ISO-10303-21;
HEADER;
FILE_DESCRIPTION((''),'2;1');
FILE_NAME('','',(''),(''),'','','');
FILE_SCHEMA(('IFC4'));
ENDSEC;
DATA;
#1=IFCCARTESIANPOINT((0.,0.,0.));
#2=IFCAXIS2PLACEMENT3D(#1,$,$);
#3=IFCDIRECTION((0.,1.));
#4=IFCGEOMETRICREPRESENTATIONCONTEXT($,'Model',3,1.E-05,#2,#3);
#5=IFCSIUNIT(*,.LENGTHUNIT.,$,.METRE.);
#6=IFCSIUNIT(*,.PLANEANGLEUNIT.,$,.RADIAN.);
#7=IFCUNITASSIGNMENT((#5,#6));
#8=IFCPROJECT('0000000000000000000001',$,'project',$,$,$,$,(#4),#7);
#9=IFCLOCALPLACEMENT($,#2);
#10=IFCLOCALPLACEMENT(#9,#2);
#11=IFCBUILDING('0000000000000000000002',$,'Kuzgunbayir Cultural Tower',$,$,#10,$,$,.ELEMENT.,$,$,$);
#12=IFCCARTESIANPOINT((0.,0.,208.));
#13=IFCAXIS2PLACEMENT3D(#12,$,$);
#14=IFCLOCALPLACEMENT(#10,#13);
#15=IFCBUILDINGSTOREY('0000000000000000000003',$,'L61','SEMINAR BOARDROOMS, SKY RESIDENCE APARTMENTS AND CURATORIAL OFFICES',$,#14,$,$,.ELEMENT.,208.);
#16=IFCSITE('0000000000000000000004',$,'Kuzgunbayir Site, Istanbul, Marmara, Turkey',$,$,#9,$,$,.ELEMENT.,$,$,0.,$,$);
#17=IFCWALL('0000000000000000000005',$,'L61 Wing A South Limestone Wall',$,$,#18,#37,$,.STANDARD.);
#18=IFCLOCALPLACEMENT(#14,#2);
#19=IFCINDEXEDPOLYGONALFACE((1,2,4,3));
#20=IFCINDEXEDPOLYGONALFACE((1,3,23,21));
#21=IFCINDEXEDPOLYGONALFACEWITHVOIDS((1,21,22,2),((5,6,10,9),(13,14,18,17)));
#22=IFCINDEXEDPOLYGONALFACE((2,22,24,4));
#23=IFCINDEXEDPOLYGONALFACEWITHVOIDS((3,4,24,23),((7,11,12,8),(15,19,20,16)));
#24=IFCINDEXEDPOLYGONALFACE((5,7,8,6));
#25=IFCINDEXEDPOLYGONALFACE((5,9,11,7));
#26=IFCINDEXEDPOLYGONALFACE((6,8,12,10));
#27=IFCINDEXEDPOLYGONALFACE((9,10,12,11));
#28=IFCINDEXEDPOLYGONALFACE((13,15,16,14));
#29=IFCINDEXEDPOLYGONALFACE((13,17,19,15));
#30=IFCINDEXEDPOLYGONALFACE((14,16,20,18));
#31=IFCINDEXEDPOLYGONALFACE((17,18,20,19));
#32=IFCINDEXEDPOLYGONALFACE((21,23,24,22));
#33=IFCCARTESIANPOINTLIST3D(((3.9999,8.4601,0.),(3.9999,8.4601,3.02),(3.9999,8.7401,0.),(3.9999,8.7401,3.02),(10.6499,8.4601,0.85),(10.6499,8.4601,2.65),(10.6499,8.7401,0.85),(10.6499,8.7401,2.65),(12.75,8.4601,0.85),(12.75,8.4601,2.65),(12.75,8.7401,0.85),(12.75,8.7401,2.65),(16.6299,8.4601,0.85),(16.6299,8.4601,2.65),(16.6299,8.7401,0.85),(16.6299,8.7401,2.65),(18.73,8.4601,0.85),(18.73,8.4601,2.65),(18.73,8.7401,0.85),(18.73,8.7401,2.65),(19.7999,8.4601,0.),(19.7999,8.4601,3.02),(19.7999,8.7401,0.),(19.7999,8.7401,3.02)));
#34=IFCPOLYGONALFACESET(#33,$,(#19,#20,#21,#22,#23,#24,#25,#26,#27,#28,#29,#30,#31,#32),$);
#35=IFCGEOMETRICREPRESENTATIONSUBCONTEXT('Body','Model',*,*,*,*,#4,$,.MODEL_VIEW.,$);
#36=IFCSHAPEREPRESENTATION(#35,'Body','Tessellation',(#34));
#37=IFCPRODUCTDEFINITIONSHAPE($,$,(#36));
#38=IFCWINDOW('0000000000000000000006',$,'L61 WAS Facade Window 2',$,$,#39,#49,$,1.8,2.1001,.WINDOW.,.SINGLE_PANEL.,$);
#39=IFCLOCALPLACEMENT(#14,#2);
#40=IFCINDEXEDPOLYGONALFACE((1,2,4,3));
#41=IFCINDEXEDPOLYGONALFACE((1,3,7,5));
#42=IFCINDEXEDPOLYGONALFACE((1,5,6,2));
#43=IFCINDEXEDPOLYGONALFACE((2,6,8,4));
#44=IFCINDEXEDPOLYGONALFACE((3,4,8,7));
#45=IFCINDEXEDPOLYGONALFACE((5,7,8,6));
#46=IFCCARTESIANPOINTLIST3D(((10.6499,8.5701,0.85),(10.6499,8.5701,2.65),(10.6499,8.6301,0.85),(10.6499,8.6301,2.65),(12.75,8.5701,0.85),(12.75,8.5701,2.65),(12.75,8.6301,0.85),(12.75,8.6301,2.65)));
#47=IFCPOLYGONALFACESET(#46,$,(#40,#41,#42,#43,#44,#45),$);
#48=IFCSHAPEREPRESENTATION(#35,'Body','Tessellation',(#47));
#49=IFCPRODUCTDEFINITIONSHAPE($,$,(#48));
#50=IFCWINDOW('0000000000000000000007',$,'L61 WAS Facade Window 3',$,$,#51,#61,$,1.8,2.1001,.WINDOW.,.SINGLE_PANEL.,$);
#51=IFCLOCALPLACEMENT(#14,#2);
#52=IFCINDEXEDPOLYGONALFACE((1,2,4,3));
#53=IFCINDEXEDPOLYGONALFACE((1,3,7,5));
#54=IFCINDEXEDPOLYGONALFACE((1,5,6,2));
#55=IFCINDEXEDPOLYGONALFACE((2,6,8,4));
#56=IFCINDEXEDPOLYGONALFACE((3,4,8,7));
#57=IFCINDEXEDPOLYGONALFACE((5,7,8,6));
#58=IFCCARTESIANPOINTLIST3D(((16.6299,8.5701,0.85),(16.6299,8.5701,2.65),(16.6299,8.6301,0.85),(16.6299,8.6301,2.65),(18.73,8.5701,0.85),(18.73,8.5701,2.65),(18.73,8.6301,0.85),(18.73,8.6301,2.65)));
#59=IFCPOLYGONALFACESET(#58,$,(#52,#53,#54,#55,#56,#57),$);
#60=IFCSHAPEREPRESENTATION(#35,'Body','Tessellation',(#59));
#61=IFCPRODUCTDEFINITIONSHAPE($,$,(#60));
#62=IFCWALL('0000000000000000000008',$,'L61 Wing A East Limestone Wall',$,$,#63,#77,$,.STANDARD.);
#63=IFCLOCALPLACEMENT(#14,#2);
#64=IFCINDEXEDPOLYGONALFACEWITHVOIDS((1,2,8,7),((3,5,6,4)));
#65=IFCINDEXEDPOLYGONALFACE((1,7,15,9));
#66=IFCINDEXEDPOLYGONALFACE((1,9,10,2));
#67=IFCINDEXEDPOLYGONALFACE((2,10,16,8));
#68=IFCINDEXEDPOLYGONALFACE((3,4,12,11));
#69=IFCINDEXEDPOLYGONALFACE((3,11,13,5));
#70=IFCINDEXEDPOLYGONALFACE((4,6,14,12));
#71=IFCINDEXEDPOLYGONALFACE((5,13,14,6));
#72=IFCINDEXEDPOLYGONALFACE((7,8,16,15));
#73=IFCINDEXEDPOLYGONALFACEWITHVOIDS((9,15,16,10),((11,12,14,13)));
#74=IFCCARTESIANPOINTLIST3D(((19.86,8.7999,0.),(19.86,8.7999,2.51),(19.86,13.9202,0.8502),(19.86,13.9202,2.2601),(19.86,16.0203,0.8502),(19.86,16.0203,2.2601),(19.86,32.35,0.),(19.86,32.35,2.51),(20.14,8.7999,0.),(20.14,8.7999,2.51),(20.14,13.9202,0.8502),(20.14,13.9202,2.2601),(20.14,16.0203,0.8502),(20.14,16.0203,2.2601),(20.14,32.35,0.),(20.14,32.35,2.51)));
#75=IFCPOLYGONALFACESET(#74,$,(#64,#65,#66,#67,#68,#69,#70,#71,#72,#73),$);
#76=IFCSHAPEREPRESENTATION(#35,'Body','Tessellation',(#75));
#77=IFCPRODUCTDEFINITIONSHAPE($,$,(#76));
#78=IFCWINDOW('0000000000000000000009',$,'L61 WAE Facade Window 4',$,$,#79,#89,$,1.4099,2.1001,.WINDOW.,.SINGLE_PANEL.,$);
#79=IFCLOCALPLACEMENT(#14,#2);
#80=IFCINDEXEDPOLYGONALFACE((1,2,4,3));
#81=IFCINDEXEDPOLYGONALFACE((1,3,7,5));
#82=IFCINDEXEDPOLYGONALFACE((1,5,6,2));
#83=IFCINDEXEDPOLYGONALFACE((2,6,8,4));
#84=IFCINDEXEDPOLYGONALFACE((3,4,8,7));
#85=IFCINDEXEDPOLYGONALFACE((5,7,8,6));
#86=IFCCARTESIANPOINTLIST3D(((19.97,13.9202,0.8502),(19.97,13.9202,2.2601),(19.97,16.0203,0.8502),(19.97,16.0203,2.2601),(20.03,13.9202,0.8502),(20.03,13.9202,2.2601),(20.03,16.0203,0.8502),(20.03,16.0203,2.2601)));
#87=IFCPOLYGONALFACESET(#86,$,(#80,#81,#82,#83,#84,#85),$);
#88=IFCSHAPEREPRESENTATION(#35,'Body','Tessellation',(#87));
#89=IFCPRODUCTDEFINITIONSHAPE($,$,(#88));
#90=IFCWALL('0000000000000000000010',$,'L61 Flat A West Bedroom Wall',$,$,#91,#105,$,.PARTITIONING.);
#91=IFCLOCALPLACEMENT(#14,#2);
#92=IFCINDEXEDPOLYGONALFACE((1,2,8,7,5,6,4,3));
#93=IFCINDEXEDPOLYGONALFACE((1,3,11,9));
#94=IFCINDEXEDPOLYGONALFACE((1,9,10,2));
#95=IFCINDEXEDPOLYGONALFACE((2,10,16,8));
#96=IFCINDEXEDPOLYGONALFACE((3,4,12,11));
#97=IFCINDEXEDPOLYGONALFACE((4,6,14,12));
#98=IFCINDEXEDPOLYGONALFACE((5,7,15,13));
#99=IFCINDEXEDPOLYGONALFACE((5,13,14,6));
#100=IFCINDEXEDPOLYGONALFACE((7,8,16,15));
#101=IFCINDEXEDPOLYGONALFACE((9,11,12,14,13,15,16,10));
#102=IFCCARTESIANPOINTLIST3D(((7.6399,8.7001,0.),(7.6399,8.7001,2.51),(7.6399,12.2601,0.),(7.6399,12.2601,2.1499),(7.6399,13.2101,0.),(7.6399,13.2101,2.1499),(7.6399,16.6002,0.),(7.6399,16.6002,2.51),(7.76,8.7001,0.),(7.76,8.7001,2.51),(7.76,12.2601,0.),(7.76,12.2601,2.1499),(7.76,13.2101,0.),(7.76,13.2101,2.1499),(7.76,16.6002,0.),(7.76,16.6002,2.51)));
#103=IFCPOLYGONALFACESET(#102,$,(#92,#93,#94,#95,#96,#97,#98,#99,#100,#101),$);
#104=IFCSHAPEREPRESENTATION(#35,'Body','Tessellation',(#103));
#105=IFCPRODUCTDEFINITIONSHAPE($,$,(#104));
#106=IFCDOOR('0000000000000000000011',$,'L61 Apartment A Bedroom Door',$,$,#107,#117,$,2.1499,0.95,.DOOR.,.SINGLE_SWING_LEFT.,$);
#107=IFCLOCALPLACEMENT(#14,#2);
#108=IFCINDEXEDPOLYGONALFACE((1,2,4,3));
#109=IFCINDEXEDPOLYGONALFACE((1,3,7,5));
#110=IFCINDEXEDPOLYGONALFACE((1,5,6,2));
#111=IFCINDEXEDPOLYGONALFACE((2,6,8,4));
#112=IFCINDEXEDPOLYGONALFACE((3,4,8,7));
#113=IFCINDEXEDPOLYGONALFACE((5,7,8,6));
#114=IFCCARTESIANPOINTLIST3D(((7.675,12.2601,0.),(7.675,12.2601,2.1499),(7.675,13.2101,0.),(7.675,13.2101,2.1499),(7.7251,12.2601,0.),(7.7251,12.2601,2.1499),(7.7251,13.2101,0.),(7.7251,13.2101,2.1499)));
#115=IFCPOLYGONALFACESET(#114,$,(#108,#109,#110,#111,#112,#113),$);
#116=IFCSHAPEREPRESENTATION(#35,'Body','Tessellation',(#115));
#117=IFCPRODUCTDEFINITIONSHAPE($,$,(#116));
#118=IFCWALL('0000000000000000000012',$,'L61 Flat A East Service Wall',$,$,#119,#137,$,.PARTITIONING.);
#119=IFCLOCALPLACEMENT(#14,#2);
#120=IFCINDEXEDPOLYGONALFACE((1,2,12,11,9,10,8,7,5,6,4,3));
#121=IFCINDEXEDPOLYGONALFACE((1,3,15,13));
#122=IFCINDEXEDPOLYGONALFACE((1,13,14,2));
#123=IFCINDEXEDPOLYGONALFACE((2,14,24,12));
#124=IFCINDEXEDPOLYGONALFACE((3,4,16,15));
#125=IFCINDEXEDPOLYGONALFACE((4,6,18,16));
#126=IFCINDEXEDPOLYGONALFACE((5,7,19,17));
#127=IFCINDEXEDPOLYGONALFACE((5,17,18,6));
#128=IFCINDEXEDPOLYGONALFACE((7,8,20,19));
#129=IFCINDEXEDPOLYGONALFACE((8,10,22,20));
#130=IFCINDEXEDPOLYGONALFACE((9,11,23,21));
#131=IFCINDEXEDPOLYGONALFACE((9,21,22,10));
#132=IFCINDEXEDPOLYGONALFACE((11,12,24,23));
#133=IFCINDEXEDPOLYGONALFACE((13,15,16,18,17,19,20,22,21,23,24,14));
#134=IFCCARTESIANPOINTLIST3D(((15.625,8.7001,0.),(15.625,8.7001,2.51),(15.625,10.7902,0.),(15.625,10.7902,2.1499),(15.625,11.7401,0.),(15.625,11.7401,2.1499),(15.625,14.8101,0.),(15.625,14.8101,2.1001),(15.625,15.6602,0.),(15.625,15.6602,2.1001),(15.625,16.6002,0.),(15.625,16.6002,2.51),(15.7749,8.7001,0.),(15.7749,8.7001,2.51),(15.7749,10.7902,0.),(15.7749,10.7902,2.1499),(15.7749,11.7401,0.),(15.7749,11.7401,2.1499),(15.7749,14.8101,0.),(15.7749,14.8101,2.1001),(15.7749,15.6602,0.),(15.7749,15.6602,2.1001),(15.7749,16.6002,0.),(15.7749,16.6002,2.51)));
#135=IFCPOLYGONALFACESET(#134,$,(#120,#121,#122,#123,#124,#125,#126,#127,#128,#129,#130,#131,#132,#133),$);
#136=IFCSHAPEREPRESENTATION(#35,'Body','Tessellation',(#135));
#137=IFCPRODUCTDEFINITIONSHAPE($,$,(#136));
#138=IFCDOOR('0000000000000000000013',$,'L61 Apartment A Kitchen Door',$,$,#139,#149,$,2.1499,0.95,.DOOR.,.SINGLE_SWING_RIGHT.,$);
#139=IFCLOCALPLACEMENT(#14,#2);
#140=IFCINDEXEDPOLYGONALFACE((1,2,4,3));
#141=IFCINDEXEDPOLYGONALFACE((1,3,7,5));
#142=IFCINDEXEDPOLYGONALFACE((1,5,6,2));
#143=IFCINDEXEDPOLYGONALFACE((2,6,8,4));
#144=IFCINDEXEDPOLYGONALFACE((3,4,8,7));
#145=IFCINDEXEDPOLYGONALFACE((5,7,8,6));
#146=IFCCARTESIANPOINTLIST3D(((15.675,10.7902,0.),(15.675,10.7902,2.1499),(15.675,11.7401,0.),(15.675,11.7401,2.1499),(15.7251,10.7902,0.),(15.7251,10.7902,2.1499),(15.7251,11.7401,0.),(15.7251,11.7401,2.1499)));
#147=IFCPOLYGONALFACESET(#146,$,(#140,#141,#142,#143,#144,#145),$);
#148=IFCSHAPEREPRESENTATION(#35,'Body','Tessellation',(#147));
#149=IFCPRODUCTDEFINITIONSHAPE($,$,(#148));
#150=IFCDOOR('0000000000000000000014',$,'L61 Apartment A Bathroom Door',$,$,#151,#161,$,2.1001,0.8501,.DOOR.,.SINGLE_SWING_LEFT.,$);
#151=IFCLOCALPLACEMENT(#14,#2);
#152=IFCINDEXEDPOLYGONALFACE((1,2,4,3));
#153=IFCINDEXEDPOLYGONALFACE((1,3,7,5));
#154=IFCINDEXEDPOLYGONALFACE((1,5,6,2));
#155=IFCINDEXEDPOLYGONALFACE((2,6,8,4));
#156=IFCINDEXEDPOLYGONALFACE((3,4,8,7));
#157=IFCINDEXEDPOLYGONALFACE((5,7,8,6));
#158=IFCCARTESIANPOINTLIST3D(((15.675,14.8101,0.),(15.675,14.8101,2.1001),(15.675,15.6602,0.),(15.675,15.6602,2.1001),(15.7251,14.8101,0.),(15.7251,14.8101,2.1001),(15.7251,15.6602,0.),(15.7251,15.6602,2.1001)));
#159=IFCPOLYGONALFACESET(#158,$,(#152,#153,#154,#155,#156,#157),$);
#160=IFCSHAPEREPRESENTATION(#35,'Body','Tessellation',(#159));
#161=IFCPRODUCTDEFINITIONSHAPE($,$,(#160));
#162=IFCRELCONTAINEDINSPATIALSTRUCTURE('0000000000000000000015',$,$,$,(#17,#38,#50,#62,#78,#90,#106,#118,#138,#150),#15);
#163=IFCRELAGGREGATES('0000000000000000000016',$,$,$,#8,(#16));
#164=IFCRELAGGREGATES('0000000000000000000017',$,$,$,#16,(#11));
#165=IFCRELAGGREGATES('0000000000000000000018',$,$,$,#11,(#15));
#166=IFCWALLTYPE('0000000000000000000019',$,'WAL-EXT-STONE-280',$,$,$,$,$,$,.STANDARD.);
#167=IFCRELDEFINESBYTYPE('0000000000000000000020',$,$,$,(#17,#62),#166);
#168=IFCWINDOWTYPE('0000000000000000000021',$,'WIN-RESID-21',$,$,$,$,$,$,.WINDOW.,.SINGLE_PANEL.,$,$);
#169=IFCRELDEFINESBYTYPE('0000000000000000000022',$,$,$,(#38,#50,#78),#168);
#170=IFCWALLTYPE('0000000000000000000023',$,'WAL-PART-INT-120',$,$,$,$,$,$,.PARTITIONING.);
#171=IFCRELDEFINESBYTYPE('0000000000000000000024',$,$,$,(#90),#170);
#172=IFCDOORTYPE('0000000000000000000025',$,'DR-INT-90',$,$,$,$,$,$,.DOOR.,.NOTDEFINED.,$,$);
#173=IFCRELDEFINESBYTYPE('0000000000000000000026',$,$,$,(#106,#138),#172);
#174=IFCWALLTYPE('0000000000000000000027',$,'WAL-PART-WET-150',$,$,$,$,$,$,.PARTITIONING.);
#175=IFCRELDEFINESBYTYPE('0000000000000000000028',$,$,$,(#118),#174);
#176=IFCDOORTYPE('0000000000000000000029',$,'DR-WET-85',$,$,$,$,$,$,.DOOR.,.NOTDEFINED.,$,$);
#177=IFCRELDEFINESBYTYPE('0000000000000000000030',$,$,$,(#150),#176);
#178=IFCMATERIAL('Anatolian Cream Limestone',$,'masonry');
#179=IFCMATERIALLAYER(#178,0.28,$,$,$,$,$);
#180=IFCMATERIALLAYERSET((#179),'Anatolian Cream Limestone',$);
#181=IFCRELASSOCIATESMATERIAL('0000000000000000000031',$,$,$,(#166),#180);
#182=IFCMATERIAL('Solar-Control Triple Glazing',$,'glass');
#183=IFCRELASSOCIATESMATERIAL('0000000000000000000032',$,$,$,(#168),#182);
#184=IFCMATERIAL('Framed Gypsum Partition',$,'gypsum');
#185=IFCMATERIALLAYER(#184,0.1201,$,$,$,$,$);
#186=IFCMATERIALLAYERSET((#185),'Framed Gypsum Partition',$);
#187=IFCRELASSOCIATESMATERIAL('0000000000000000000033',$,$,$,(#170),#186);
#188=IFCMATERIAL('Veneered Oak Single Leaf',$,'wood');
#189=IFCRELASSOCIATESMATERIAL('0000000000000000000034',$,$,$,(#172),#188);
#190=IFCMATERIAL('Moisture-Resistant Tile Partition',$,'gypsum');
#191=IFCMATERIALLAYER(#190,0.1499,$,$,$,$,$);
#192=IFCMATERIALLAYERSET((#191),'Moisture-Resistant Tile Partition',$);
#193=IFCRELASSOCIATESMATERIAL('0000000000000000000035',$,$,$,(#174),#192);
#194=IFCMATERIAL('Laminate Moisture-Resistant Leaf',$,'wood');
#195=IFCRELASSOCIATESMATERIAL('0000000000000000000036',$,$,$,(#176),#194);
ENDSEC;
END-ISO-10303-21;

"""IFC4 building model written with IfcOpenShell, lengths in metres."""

from ifc_helpers import new_model, si_unit, direction, frame, frame_2d, origin, place, context, subcontext, project, spatial, rectangle, extrude, material, layer, layer_set, type_object, element, fill, save


model = new_model("IFC4")

# Units and contexts
model_context = context("Model", 3, precision=1e-05, world=origin(), true_north=direction((0.0, 1.0)))
body_context = subcontext(model_context, "Body", "Model", "MODEL_VIEW")
ifc_project = project(units=[si_unit("LENGTHUNIT", "METRE"), si_unit("PLANEANGLEUNIT", "RADIAN")], contexts=[model_context])

# Site, building, storey
site_placement = place(None, origin())
site = spatial("IfcSite", under=ifc_project, at=site_placement, Name="Kuzgunbayir Site, Istanbul, Marmara, Turkey", CompositionType="ELEMENT", RefElevation=0.0)
building_placement = place(site_placement, origin())
building = spatial("IfcBuilding", under=site, at=building_placement, Name="Kuzgunbayir Cultural Tower", CompositionType="ELEMENT")
storey_placement = place(building_placement, frame((0.0, 0.0, 208.0)))
storey = spatial("IfcBuildingStorey", under=building, at=storey_placement, Name="L61", Description="SEMINAR BOARDROOMS, SKY RESIDENCE APARTMENTS AND CURATORIAL OFFICES", CompositionType="ELEMENT", Elevation=208.0)

# Wall, openings, windows
ifc_material_1 = material(Name="Anatolian Cream Limestone", Category="masonry")
ifc_layer_1 = layer(ifc_material_1, 0.28)
ifc_layer_set_1 = layer_set([ifc_layer_1], Name="Anatolian Cream Limestone")
wall_type_1 = type_object("IfcWallType", Name="WAL-EXT-STONE-280", PredefinedType="STANDARD", material=ifc_layer_set_1)
wall_1_placement = place(storey_placement, frame((4.0, 8.6001, 0.0), z_axis=(0.0, 0.0, 1.0), x_axis=(1.0, 0.0, 0.0)))
wall_1 = element("IfcWall", 1, at=wall_1_placement, inside=storey, type_object=wall_type_1, Name="L61 Wing A South Limestone Wall", PredefinedType="STANDARD", context=body_context, shape_type="SweptSolid", body=[
    extrude(rectangle(XDim=15.8, YDim=0.28, at=frame_2d((7.8999, 0.0))), origin(), (0.0, 0.0, 1.0), 3.02),
])
opening_1_placement = place(wall_1_placement, frame((6.6499, 0.0, 0.8501)))
opening_1 = element("IfcOpeningElement", 2, at=opening_1_placement, cuts=wall_1, PredefinedType="OPENING", context=body_context, shape_type="SweptSolid", body=[
    extrude(rectangle(XDim=2.1001, YDim=1.8, at=frame_2d((1.05, 0.8999))), frame((0.0, 0.1499, 0.0), z_axis=(0.0, -1.0, 0.0), x_axis=(1.0, 0.0, 0.0)), (0.0, 0.0, 1.0), 0.3),
])
opening_2_placement = place(wall_1_placement, frame((12.6299, 0.0, 0.8501)))
opening_2 = element("IfcOpeningElement", 3, at=opening_2_placement, cuts=wall_1, PredefinedType="OPENING", context=body_context, shape_type="SweptSolid", body=[
    extrude(rectangle(XDim=2.1001, YDim=1.8, at=frame_2d((1.05, 0.8999))), frame((0.0, 0.1499, 0.0), z_axis=(0.0, -1.0, 0.0), x_axis=(1.0, 0.0, 0.0)), (0.0, 0.0, 1.0), 0.3),
])
ifc_material_2 = material(Name="Solar-Control Triple Glazing", Category="glass")
window_type = type_object("IfcWindowType", Name="WIN-RESID-21", PartitioningType="SINGLE_PANEL", PredefinedType="WINDOW", material=ifc_material_2)
window_1_placement = place(opening_1_placement, origin())
window_1 = element("IfcWindow", 4, at=window_1_placement, inside=storey, type_object=window_type, Name="L61 WAS Facade Window 2", OverallHeight=1.8, OverallWidth=2.1001, PartitioningType="SINGLE_PANEL", PredefinedType="WINDOW", context=body_context, shape_type="SweptSolid", body=[
    extrude(rectangle(XDim=2.1001, YDim=1.8, at=frame_2d((1.05, 0.8999))), frame((0.0, 0.03, 0.0), z_axis=(0.0, -1.0, 0.0), x_axis=(1.0, 0.0, 0.0)), (0.0, 0.0, 1.0), 0.0601),
])
fill(opening_1, window_1)
window_2_placement = place(opening_2_placement, origin())
window_2 = element("IfcWindow", 5, at=window_2_placement, inside=storey, type_object=window_type, Name="L61 WAS Facade Window 3", OverallHeight=1.8, OverallWidth=2.1001, PartitioningType="SINGLE_PANEL", PredefinedType="WINDOW", context=body_context, shape_type="SweptSolid", body=[
    extrude(rectangle(XDim=2.1001, YDim=1.8, at=frame_2d((1.05, 0.8999))), frame((0.0, 0.03, 0.0), z_axis=(0.0, -1.0, 0.0), x_axis=(1.0, 0.0, 0.0)), (0.0, 0.0, 1.0), 0.0601),
])
fill(opening_2, window_2)

# Wall, opening, window
wall_2_placement = place(storey_placement, frame((20.0, 8.8, 0.0), z_axis=(0.0, 0.0, 1.0), x_axis=(0.0, 1.0, 0.0)))
wall_2 = element("IfcWall", 6, at=wall_2_placement, inside=storey, type_object=wall_type_1, Name="L61 Wing A East Limestone Wall", PredefinedType="STANDARD", context=body_context, shape_type="SweptSolid", body=[
    extrude(rectangle(XDim=23.55, YDim=0.28, at=frame_2d((11.7749, 0.0))), origin(), (0.0, 0.0, 1.0), 2.51),
])
opening_3_placement = place(wall_2_placement, frame((5.1201, 0.0, 0.8501)))
opening_3 = element("IfcOpeningElement", 7, at=opening_3_placement, cuts=wall_2, PredefinedType="OPENING", context=body_context, shape_type="SweptSolid", body=[
    extrude(rectangle(XDim=2.1001, YDim=1.4099, at=frame_2d((1.05, 0.7051))), frame((0.0, 0.1499, 0.0), z_axis=(0.0, -1.0, 0.0), x_axis=(1.0, 0.0, 0.0)), (0.0, 0.0, 1.0), 0.3),
])
window_3_placement = place(opening_3_placement, origin())
window_3 = element("IfcWindow", 8, at=window_3_placement, inside=storey, type_object=window_type, Name="L61 WAE Facade Window 4", OverallHeight=1.4099, OverallWidth=2.1001, PartitioningType="SINGLE_PANEL", PredefinedType="WINDOW", context=body_context, shape_type="SweptSolid", body=[
    extrude(rectangle(XDim=2.1001, YDim=1.4099, at=frame_2d((1.05, 0.7051))), frame((0.0, 0.03, 0.0), z_axis=(0.0, -1.0, 0.0), x_axis=(1.0, 0.0, 0.0)), (0.0, 0.0, 1.0), 0.0601),
])
fill(opening_3, window_3)

# Wall, opening, door
ifc_material_3 = material(Name="Framed Gypsum Partition", Category="gypsum")
ifc_layer_2 = layer(ifc_material_3, 0.1201)
ifc_layer_set_2 = layer_set([ifc_layer_2], Name="Framed Gypsum Partition")
wall_type_2 = type_object("IfcWallType", Name="WAL-PART-INT-120", PredefinedType="PARTITIONING", material=ifc_layer_set_2)
wall_3_placement = place(storey_placement, frame((7.7, 8.7, 0.0), z_axis=(0.0, 0.0, 1.0), x_axis=(0.0, 1.0, 0.0)))
wall_3 = element("IfcWall", 9, at=wall_3_placement, inside=storey, type_object=wall_type_2, Name="L61 Flat A West Bedroom Wall", PredefinedType="PARTITIONING", context=body_context, shape_type="SweptSolid", body=[
    extrude(rectangle(XDim=7.9001, YDim=0.1201, at=frame_2d((3.9502, 0.0))), origin(), (0.0, 0.0, 1.0), 2.51),
])
opening_4_placement = place(wall_3_placement, frame((3.5601, 0.0, 0.0)))
opening_4 = element("IfcOpeningElement", 10, at=opening_4_placement, cuts=wall_3, PredefinedType="OPENING", context=body_context, shape_type="SweptSolid", body=[
    extrude(rectangle(XDim=0.95, YDim=2.1499, at=frame_2d((0.4751, 1.075))), frame((0.0, 0.0701, 0.0), z_axis=(0.0, -1.0, 0.0), x_axis=(1.0, 0.0, 0.0)), (0.0, 0.0, 1.0), 0.1401),
])
ifc_material_4 = material(Name="Veneered Oak Single Leaf", Category="wood")
door_type_1 = type_object("IfcDoorType", Name="DR-INT-90", OperationType="NOTDEFINED", PredefinedType="DOOR", material=ifc_material_4)
door_1_placement = place(opening_4_placement, origin())
door_1 = element("IfcDoor", 11, at=door_1_placement, inside=storey, type_object=door_type_1, Name="L61 Apartment A Bedroom Door", OperationType="SINGLE_SWING_LEFT", OverallHeight=2.1499, OverallWidth=0.95, PredefinedType="DOOR", context=body_context, shape_type="SweptSolid", body=[
    extrude(rectangle(XDim=0.95, YDim=2.1499, at=frame_2d((0.4751, 1.075))), frame((0.0, 0.0249, 0.0), z_axis=(0.0, -1.0, 0.0), x_axis=(1.0, 0.0, 0.0)), (0.0, 0.0, 1.0), 0.05),
])
fill(opening_4, door_1)

# Wall, openings, doors
ifc_material_5 = material(Name="Moisture-Resistant Tile Partition", Category="gypsum")
ifc_layer_3 = layer(ifc_material_5, 0.1499)
ifc_layer_set_3 = layer_set([ifc_layer_3], Name="Moisture-Resistant Tile Partition")
wall_type_3 = type_object("IfcWallType", Name="WAL-PART-WET-150", PredefinedType="PARTITIONING", material=ifc_layer_set_3)
wall_4_placement = place(storey_placement, frame((15.7, 8.7, 0.0), z_axis=(0.0, 0.0, 1.0), x_axis=(0.0, 1.0, 0.0)))
wall_4 = element("IfcWall", 12, at=wall_4_placement, inside=storey, type_object=wall_type_3, Name="L61 Flat A East Service Wall", PredefinedType="PARTITIONING", context=body_context, shape_type="SweptSolid", body=[
    extrude(rectangle(XDim=7.9001, YDim=0.1499, at=frame_2d((3.9502, 0.0))), origin(), (0.0, 0.0, 1.0), 2.51),
])
opening_5_placement = place(wall_4_placement, frame((2.0901, 0.0, 0.0)))
opening_5 = element("IfcOpeningElement", 13, at=opening_5_placement, cuts=wall_4, PredefinedType="OPENING", context=body_context, shape_type="SweptSolid", body=[
    extrude(rectangle(XDim=0.95, YDim=2.1499, at=frame_2d((0.4751, 1.075))), frame((0.0, 0.085, 0.0), z_axis=(0.0, -1.0, 0.0), x_axis=(1.0, 0.0, 0.0)), (0.0, 0.0, 1.0), 0.1699),
])
opening_6_placement = place(wall_4_placement, frame((6.1101, 0.0, 0.0)))
opening_6 = element("IfcOpeningElement", 14, at=opening_6_placement, cuts=wall_4, PredefinedType="OPENING", context=body_context, shape_type="SweptSolid", body=[
    extrude(rectangle(XDim=0.8501, YDim=2.1001, at=frame_2d((0.425, 1.05))), frame((0.0, 0.085, 0.0), z_axis=(0.0, -1.0, 0.0), x_axis=(1.0, 0.0, 0.0)), (0.0, 0.0, 1.0), 0.1699),
])
door_2_placement = place(opening_5_placement, origin())
door_2 = element("IfcDoor", 15, at=door_2_placement, inside=storey, type_object=door_type_1, Name="L61 Apartment A Kitchen Door", OperationType="SINGLE_SWING_RIGHT", OverallHeight=2.1499, OverallWidth=0.95, PredefinedType="DOOR", context=body_context, shape_type="SweptSolid", body=[
    extrude(rectangle(XDim=0.95, YDim=2.1499, at=frame_2d((0.4751, 1.075))), frame((0.0, 0.0249, 0.0), z_axis=(0.0, -1.0, 0.0), x_axis=(1.0, 0.0, 0.0)), (0.0, 0.0, 1.0), 0.05),
])
fill(opening_5, door_2)
ifc_material_6 = material(Name="Laminate Moisture-Resistant Leaf", Category="wood")
door_type_2 = type_object("IfcDoorType", Name="DR-WET-85", OperationType="NOTDEFINED", PredefinedType="DOOR", material=ifc_material_6)
door_3_placement = place(opening_6_placement, origin())
door_3 = element("IfcDoor", 16, at=door_3_placement, inside=storey, type_object=door_type_2, Name="L61 Apartment A Bathroom Door", OperationType="SINGLE_SWING_LEFT", OverallHeight=2.1001, OverallWidth=0.8501, PredefinedType="DOOR", context=body_context, shape_type="SweptSolid", body=[
    extrude(rectangle(XDim=0.8501, YDim=2.1001, at=frame_2d((0.425, 1.05))), frame((0.0, 0.0249, 0.0), z_axis=(0.0, -1.0, 0.0), x_axis=(1.0, 0.0, 0.0)), (0.0, 0.0, 1.0), 0.05),
])
fill(opening_6, door_3)

save(model, "model.ifc")
